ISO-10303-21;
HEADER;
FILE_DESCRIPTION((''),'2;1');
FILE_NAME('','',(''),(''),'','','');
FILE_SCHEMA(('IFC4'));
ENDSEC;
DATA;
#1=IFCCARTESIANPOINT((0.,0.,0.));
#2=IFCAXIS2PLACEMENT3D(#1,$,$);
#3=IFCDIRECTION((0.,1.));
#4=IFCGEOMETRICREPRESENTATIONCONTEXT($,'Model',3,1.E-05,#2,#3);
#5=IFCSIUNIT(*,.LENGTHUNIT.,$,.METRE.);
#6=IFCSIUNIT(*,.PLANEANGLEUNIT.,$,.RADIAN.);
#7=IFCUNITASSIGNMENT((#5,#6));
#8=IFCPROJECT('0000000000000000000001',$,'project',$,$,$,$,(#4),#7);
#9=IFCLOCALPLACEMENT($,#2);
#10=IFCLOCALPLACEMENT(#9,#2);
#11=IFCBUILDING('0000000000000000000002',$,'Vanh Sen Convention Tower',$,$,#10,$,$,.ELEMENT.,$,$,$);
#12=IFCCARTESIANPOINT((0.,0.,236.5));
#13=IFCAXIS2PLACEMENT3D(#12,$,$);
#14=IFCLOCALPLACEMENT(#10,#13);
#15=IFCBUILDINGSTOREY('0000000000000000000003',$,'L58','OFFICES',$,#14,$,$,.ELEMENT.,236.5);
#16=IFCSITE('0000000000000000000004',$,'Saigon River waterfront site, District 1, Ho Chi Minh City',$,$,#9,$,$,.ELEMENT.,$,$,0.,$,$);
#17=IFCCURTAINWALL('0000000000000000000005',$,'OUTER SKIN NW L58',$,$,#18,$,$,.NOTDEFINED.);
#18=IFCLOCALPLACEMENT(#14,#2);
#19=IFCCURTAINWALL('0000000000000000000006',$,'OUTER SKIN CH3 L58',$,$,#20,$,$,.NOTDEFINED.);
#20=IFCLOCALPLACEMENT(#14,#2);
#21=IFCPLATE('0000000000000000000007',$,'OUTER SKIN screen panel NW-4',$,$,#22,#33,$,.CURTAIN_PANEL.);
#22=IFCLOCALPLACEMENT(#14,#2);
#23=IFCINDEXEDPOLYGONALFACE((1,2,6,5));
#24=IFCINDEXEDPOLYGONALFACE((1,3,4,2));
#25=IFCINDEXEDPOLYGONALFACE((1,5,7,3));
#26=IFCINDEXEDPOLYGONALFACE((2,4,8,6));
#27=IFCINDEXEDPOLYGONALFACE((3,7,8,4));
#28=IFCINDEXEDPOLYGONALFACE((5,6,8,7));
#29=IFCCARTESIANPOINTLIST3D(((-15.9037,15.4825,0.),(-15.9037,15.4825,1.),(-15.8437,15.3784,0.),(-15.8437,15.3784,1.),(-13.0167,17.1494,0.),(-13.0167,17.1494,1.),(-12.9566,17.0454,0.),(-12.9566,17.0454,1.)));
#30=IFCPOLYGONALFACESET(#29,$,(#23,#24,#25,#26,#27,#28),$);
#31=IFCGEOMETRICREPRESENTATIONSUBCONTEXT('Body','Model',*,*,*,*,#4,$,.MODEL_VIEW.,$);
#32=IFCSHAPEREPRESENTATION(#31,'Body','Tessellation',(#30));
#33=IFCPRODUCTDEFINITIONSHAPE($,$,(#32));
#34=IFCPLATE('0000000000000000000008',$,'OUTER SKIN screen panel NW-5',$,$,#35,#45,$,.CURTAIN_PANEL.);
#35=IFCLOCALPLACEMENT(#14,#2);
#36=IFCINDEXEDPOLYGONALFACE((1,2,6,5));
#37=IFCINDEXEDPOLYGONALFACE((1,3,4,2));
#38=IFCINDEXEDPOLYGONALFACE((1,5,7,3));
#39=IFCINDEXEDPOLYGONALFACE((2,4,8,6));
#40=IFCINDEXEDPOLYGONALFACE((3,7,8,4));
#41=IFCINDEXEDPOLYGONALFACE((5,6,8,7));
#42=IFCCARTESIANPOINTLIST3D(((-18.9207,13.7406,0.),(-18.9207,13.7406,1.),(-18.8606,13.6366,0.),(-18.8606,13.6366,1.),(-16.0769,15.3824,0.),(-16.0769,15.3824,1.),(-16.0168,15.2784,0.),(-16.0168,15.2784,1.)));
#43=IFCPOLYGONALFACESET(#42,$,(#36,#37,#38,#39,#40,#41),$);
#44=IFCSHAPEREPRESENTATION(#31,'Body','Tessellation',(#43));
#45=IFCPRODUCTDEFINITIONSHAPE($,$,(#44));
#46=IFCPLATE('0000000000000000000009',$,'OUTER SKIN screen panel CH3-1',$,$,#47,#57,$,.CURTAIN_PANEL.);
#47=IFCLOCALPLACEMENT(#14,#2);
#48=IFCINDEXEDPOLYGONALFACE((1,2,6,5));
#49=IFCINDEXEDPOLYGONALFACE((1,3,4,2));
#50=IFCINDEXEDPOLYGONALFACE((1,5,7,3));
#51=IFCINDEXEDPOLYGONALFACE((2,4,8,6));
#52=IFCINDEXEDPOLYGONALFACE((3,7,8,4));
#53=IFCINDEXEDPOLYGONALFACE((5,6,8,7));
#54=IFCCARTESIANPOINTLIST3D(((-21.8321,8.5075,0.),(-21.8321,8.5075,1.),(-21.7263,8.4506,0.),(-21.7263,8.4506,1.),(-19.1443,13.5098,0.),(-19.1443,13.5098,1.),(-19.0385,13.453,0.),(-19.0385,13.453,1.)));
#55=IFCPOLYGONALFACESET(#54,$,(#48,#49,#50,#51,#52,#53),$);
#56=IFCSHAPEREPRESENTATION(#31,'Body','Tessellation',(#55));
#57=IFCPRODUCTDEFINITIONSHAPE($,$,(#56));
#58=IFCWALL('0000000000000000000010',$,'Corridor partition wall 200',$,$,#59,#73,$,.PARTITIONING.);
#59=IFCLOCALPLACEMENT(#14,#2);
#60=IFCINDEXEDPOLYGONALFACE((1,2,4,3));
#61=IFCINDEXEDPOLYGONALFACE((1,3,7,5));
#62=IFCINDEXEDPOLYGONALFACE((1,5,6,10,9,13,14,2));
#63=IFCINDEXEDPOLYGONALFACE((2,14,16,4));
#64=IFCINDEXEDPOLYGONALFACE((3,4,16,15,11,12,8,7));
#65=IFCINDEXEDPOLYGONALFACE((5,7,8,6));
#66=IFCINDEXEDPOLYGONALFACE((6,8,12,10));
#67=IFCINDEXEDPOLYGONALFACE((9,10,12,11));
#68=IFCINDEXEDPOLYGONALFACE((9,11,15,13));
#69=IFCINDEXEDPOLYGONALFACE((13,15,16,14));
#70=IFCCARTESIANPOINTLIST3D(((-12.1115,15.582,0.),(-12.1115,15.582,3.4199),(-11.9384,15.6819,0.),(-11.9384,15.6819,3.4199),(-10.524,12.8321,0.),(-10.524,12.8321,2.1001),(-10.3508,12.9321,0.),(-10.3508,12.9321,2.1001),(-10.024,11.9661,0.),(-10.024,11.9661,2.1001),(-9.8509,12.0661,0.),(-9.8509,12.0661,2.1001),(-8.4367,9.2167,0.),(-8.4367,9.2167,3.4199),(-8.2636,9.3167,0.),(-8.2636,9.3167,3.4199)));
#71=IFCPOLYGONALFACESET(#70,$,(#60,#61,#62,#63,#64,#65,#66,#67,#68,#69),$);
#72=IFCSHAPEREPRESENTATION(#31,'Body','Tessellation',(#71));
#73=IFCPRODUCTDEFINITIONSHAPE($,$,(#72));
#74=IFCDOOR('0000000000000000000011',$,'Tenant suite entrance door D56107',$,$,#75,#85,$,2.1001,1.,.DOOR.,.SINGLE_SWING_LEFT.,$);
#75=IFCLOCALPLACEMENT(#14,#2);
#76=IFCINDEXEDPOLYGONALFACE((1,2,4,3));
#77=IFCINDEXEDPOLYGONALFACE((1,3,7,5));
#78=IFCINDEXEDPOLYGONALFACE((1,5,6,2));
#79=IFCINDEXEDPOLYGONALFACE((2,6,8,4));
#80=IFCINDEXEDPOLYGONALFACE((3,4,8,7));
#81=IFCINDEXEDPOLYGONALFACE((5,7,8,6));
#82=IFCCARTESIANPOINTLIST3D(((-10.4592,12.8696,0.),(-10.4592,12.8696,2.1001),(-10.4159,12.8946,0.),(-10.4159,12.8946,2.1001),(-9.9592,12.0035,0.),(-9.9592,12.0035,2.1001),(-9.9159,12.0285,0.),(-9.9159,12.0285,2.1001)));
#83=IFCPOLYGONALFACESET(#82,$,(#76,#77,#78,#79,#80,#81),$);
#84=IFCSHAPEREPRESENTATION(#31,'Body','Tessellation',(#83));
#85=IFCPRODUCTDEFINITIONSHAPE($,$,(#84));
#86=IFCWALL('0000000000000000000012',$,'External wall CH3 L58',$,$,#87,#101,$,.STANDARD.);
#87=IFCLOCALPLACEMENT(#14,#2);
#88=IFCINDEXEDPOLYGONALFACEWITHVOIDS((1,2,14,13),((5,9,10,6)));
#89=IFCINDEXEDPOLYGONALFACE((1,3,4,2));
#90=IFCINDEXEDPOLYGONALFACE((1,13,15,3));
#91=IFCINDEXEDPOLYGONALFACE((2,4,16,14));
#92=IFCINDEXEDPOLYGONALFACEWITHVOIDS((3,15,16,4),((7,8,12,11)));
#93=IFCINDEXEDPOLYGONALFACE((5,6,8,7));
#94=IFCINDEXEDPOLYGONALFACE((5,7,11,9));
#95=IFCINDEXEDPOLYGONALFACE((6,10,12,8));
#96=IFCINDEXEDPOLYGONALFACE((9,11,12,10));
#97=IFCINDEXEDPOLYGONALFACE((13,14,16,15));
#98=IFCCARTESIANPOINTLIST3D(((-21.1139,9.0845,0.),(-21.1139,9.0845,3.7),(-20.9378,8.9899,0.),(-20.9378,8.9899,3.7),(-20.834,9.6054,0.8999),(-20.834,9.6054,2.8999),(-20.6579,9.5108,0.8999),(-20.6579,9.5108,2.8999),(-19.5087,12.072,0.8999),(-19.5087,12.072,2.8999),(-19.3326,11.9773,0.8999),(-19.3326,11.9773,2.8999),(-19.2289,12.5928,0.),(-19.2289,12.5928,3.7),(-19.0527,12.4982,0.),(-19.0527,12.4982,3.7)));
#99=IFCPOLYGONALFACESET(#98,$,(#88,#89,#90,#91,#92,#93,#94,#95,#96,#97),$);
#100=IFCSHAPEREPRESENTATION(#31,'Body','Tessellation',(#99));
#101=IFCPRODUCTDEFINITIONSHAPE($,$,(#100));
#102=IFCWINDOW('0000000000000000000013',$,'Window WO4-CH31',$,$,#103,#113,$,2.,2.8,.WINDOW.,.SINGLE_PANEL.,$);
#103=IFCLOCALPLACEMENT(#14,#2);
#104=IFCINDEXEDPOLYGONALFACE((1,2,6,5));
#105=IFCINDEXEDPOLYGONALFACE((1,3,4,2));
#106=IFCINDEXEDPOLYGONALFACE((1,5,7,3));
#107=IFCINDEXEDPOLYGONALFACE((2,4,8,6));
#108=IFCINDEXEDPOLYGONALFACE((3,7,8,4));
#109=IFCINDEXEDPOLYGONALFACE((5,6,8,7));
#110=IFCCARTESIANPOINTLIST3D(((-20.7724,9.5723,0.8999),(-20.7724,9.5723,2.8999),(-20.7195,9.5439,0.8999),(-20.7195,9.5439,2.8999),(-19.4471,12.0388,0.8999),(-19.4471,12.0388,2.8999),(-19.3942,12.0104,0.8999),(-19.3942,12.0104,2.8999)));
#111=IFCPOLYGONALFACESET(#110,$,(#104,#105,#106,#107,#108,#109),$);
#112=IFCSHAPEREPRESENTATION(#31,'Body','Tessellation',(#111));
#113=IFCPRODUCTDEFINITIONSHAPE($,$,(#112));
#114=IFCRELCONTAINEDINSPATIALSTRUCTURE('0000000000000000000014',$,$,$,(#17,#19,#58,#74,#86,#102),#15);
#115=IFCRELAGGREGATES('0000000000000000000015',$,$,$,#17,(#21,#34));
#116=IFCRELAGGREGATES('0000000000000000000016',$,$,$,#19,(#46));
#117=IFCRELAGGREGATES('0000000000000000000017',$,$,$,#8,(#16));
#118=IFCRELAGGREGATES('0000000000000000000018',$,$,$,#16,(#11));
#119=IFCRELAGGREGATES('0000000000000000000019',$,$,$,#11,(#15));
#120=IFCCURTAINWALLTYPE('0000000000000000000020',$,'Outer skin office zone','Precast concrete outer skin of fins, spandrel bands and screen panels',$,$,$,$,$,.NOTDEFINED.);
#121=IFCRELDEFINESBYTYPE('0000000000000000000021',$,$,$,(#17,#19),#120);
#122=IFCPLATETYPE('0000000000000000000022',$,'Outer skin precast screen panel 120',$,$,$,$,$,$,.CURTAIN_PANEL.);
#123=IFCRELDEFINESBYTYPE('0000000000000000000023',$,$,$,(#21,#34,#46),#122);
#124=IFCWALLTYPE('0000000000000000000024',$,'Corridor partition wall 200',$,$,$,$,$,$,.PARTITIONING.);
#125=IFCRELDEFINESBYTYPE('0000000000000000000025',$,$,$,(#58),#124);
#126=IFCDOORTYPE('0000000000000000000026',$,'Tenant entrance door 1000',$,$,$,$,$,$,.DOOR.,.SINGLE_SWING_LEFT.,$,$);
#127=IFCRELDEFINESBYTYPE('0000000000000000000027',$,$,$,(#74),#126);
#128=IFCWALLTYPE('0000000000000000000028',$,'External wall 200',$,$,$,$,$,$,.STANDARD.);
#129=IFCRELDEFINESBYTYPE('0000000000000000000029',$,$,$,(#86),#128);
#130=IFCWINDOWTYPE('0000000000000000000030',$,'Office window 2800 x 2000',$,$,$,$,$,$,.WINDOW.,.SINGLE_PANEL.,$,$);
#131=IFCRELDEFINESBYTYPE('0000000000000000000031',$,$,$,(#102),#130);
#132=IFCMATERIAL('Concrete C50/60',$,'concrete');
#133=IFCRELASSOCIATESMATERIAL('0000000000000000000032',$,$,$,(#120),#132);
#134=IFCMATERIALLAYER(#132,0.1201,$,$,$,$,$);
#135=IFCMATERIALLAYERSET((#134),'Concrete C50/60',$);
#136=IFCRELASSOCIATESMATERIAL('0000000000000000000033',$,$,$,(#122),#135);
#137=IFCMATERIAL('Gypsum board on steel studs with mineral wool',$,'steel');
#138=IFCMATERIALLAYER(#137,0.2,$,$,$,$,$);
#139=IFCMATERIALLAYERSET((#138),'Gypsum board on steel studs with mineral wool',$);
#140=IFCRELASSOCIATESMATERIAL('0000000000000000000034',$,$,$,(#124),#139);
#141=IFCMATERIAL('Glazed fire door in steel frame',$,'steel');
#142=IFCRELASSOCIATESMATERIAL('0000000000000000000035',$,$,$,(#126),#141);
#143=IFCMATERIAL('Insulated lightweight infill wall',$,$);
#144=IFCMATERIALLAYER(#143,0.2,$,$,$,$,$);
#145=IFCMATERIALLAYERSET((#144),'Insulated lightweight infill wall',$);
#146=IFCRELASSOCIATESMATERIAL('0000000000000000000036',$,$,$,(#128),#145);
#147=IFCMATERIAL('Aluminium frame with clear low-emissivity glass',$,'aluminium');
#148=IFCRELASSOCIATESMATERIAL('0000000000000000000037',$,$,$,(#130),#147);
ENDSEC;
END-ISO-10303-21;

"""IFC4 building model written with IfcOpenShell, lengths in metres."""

from ifc_helpers import new_model, si_unit, direction, frame, frame_2d, origin, origin_2d, place, context, subcontext, project, spatial, rectangle, extrude, material, layer, layer_set, type_object, element, fill, aggregate, save


model = new_model("IFC4")

# Units and contexts
model_context = context("Model", 3, precision=1e-05, world=origin(), true_north=direction((0.0, 1.0)))
body_context = subcontext(model_context, "Body", "Model", "MODEL_VIEW")
ifc_project = project(units=[si_unit("LENGTHUNIT", "METRE"), si_unit("PLANEANGLEUNIT", "RADIAN")], contexts=[model_context])

# Site, building, storey
site_placement = place(None, origin())
site = spatial("IfcSite", under=ifc_project, at=site_placement, Name="Saigon River waterfront site, District 1, Ho Chi Minh City", CompositionType="ELEMENT", RefElevation=0.0)
building_placement = place(site_placement, origin())
building = spatial("IfcBuilding", under=site, at=building_placement, Name="Vanh Sen Convention Tower", CompositionType="ELEMENT")
storey_placement = place(building_placement, frame((0.0, 0.0, 236.5)))
storey = spatial("IfcBuildingStorey", under=building, at=storey_placement, Name="L58", Description="OFFICES", CompositionType="ELEMENT", Elevation=236.5)

# Curtain wall
ifc_material_1 = material(Name="Concrete C50/60", Category="concrete")
curtain_wall_type = type_object("IfcCurtainWallType", Name="Outer skin office zone", Description="Precast concrete outer skin of fins, spandrel bands and screen panels", PredefinedType="NOTDEFINED", material=ifc_material_1)
curtain_wall_1_placement = place(storey_placement, origin())
curtain_wall_1 = element("IfcCurtainWall", 1, at=curtain_wall_1_placement, inside=storey, type_object=curtain_wall_type, Name="OUTER SKIN NW L58", PredefinedType="NOTDEFINED")

# Curtain wall
curtain_wall_2_placement = place(storey_placement, origin())
curtain_wall_2 = element("IfcCurtainWall", 2, at=curtain_wall_2_placement, inside=storey, type_object=curtain_wall_type, Name="OUTER SKIN CH3 L58", PredefinedType="NOTDEFINED")

# Plates
ifc_layer_1 = layer(ifc_material_1, 0.1201)
ifc_layer_set_1 = layer_set([ifc_layer_1], Name="Concrete C50/60")
plate_type = type_object("IfcPlateType", Name="Outer skin precast screen panel 120", PredefinedType="CURTAIN_PANEL", material=ifc_layer_set_1)
plate_1_placement = place(storey_placement, frame((-14.4302, 16.2639, 0.0), z_axis=(0.0, 0.0, 1.0), x_axis=(-0.866014, -0.50002, 0.0)))
plate_1 = element("IfcPlate", 3, at=plate_1_placement, type_object=plate_type, Name="OUTER SKIN screen panel NW-4", PredefinedType="CURTAIN_PANEL", context=body_context, shape_type="SweptSolid", body=[
    extrude(rectangle(XDim=3.3337, YDim=0.1201, at=origin_2d()), origin(), (0.0, 0.0, 1.0), 1.0),
])
plate_2_placement = place(storey_placement, frame((-17.4688, 14.5095, 0.0), z_axis=(0.0, 0.0, 1.0), x_axis=(-0.866033, -0.499986, 0.0)))
plate_2 = element("IfcPlate", 4, at=plate_2_placement, type_object=plate_type, Name="OUTER SKIN screen panel NW-5", PredefinedType="CURTAIN_PANEL", context=body_context, shape_type="SweptSolid", body=[
    extrude(rectangle(XDim=3.2837, YDim=0.1201, at=origin_2d()), origin(), (0.0, 0.0, 1.0), 1.0),
])
aggregate(curtain_wall_1, [plate_1, plate_2])
plate_3_placement = place(storey_placement, frame((-20.4353, 10.9802, 0.0), z_axis=(0.0, 0.0, 1.0), x_axis=(-0.473307, -0.880897, 0.0)))
plate_3 = element("IfcPlate", 5, at=plate_3_placement, type_object=plate_type, Name="OUTER SKIN screen panel CH3-1", PredefinedType="CURTAIN_PANEL", context=body_context, shape_type="SweptSolid", body=[
    extrude(rectangle(XDim=5.6787, YDim=0.1201, at=origin_2d()), origin(), (0.0, 0.0, 1.0), 1.0),
])
aggregate(curtain_wall_2, [plate_3])

# Wall, opening, door
ifc_material_2 = material(Name="Gypsum board on steel studs with mineral wool", Category="steel")
ifc_layer_2 = layer(ifc_material_2, 0.2)
ifc_layer_set_2 = layer_set([ifc_layer_2], Name="Gypsum board on steel studs with mineral wool")
wall_type_1 = type_object("IfcWallType", Name="Corridor partition wall 200", PredefinedType="PARTITIONING", material=ifc_layer_set_2)
wall_1_placement = place(storey_placement, frame((-12.0249, 15.6318, 0.0), z_axis=(0.0, 0.0, 1.0), x_axis=(0.499983, -0.866035, 0.0)))
wall_1 = element("IfcWall", 6, at=wall_1_placement, inside=storey, type_object=wall_type_1, Name="Corridor partition wall 200", PredefinedType="PARTITIONING", context=body_context, shape_type="SweptSolid", body=[
    extrude(rectangle(XDim=7.3499, YDim=0.2, at=frame_2d((3.6748, 0.0))), origin(), (0.0, 0.0, 1.0), 3.4199),
])
opening_1_placement = place(wall_1_placement, frame((3.175, 0.0, 0.0)))
opening_1 = element("IfcOpeningElement", 7, at=opening_1_placement, cuts=wall_1, PredefinedType="OPENING", context=body_context, shape_type="SweptSolid", body=[
    extrude(rectangle(XDim=1.0, YDim=2.1001, at=frame_2d((0.5, 1.05))), frame((0.0, 0.1099, 0.0), z_axis=(0.0, -1.0, 0.0), x_axis=(1.0, 0.0, 0.0)), (0.0, 0.0, 1.0), 0.22),
])
ifc_material_3 = material(Name="Glazed fire door in steel frame", Category="steel")
door_type = type_object("IfcDoorType", Name="Tenant entrance door 1000", OperationType="SINGLE_SWING_LEFT", PredefinedType="DOOR", material=ifc_material_3)
door_placement = place(opening_1_placement, origin())
door = element("IfcDoor", 8, at=door_placement, inside=storey, type_object=door_type, Name="Tenant suite entrance door D56107", OperationType="SINGLE_SWING_LEFT", OverallHeight=2.1001, OverallWidth=1.0, PredefinedType="DOOR", context=body_context, shape_type="SweptSolid", body=[
    extrude(rectangle(XDim=1.0, YDim=2.1001, at=frame_2d((0.5, 1.05))), frame((0.0, 0.0249, 0.0), z_axis=(0.0, -1.0, 0.0), x_axis=(1.0, 0.0, 0.0)), (0.0, 0.0, 1.0), 0.05),
])
fill(opening_1, door)

# Wall, opening, window
ifc_material_4 = material(Name="Insulated lightweight infill wall")
ifc_layer_3 = layer(ifc_material_4, 0.2)
ifc_layer_set_3 = layer_set([ifc_layer_3], Name="Insulated lightweight infill wall")
wall_type_2 = type_object("IfcWallType", Name="External wall 200", PredefinedType="STANDARD", material=ifc_layer_set_3)
wall_2_placement = place(storey_placement, frame((-19.1409, 12.5454, 0.0), z_axis=(0.0, 0.0, 1.0), x_axis=(-0.473306, -0.880898, 0.0)))
wall_2 = element("IfcWall", 9, at=wall_2_placement, inside=storey, type_object=wall_type_2, Name="External wall CH3 L58", PredefinedType="STANDARD", context=body_context, shape_type="SweptSolid", body=[
    extrude(rectangle(XDim=3.9827, YDim=0.2, at=frame_2d((1.9912, 0.0))), origin(), (0.0, 0.0, 1.0), 3.7),
])
opening_2_placement = place(wall_2_placement, frame((0.5913, 0.0, 0.8999)))
opening_2 = element("IfcOpeningElement", 10, at=opening_2_placement, cuts=wall_2, PredefinedType="OPENING", context=body_context, shape_type="SweptSolid", body=[
    extrude(rectangle(XDim=2.8, YDim=2.0, at=frame_2d((1.3999, 1.0))), frame((0.0, 0.1099, 0.0), z_axis=(0.0, -1.0, 0.0), x_axis=(1.0, 0.0, 0.0)), (0.0, 0.0, 1.0), 0.22),
])
ifc_material_5 = material(Name="Aluminium frame with clear low-emissivity glass", Category="aluminium")
window_type_1 = type_object("IfcWindowType", Name="Office window 2800 x 2000", PartitioningType="SINGLE_PANEL", PredefinedType="WINDOW", material=ifc_material_5)
window_1_placement = place(opening_2_placement, origin())
window_1 = element("IfcWindow", 11, at=window_1_placement, inside=storey, type_object=window_type_1, Name="Window WO4-CH31", OverallHeight=2.0, OverallWidth=2.8, PartitioningType="SINGLE_PANEL", PredefinedType="WINDOW", context=body_context, shape_type="SweptSolid", body=[
    extrude(rectangle(XDim=2.8, YDim=2.0, at=frame_2d((1.3999, 1.0))), frame((0.0, 0.03, 0.0), z_axis=(0.0, -1.0, 0.0), x_axis=(1.0, 0.0, 0.0)), (0.0, 0.0, 1.0), 0.0601),
])
fill(opening_2, window_1)

save(model, "model.ifc")
